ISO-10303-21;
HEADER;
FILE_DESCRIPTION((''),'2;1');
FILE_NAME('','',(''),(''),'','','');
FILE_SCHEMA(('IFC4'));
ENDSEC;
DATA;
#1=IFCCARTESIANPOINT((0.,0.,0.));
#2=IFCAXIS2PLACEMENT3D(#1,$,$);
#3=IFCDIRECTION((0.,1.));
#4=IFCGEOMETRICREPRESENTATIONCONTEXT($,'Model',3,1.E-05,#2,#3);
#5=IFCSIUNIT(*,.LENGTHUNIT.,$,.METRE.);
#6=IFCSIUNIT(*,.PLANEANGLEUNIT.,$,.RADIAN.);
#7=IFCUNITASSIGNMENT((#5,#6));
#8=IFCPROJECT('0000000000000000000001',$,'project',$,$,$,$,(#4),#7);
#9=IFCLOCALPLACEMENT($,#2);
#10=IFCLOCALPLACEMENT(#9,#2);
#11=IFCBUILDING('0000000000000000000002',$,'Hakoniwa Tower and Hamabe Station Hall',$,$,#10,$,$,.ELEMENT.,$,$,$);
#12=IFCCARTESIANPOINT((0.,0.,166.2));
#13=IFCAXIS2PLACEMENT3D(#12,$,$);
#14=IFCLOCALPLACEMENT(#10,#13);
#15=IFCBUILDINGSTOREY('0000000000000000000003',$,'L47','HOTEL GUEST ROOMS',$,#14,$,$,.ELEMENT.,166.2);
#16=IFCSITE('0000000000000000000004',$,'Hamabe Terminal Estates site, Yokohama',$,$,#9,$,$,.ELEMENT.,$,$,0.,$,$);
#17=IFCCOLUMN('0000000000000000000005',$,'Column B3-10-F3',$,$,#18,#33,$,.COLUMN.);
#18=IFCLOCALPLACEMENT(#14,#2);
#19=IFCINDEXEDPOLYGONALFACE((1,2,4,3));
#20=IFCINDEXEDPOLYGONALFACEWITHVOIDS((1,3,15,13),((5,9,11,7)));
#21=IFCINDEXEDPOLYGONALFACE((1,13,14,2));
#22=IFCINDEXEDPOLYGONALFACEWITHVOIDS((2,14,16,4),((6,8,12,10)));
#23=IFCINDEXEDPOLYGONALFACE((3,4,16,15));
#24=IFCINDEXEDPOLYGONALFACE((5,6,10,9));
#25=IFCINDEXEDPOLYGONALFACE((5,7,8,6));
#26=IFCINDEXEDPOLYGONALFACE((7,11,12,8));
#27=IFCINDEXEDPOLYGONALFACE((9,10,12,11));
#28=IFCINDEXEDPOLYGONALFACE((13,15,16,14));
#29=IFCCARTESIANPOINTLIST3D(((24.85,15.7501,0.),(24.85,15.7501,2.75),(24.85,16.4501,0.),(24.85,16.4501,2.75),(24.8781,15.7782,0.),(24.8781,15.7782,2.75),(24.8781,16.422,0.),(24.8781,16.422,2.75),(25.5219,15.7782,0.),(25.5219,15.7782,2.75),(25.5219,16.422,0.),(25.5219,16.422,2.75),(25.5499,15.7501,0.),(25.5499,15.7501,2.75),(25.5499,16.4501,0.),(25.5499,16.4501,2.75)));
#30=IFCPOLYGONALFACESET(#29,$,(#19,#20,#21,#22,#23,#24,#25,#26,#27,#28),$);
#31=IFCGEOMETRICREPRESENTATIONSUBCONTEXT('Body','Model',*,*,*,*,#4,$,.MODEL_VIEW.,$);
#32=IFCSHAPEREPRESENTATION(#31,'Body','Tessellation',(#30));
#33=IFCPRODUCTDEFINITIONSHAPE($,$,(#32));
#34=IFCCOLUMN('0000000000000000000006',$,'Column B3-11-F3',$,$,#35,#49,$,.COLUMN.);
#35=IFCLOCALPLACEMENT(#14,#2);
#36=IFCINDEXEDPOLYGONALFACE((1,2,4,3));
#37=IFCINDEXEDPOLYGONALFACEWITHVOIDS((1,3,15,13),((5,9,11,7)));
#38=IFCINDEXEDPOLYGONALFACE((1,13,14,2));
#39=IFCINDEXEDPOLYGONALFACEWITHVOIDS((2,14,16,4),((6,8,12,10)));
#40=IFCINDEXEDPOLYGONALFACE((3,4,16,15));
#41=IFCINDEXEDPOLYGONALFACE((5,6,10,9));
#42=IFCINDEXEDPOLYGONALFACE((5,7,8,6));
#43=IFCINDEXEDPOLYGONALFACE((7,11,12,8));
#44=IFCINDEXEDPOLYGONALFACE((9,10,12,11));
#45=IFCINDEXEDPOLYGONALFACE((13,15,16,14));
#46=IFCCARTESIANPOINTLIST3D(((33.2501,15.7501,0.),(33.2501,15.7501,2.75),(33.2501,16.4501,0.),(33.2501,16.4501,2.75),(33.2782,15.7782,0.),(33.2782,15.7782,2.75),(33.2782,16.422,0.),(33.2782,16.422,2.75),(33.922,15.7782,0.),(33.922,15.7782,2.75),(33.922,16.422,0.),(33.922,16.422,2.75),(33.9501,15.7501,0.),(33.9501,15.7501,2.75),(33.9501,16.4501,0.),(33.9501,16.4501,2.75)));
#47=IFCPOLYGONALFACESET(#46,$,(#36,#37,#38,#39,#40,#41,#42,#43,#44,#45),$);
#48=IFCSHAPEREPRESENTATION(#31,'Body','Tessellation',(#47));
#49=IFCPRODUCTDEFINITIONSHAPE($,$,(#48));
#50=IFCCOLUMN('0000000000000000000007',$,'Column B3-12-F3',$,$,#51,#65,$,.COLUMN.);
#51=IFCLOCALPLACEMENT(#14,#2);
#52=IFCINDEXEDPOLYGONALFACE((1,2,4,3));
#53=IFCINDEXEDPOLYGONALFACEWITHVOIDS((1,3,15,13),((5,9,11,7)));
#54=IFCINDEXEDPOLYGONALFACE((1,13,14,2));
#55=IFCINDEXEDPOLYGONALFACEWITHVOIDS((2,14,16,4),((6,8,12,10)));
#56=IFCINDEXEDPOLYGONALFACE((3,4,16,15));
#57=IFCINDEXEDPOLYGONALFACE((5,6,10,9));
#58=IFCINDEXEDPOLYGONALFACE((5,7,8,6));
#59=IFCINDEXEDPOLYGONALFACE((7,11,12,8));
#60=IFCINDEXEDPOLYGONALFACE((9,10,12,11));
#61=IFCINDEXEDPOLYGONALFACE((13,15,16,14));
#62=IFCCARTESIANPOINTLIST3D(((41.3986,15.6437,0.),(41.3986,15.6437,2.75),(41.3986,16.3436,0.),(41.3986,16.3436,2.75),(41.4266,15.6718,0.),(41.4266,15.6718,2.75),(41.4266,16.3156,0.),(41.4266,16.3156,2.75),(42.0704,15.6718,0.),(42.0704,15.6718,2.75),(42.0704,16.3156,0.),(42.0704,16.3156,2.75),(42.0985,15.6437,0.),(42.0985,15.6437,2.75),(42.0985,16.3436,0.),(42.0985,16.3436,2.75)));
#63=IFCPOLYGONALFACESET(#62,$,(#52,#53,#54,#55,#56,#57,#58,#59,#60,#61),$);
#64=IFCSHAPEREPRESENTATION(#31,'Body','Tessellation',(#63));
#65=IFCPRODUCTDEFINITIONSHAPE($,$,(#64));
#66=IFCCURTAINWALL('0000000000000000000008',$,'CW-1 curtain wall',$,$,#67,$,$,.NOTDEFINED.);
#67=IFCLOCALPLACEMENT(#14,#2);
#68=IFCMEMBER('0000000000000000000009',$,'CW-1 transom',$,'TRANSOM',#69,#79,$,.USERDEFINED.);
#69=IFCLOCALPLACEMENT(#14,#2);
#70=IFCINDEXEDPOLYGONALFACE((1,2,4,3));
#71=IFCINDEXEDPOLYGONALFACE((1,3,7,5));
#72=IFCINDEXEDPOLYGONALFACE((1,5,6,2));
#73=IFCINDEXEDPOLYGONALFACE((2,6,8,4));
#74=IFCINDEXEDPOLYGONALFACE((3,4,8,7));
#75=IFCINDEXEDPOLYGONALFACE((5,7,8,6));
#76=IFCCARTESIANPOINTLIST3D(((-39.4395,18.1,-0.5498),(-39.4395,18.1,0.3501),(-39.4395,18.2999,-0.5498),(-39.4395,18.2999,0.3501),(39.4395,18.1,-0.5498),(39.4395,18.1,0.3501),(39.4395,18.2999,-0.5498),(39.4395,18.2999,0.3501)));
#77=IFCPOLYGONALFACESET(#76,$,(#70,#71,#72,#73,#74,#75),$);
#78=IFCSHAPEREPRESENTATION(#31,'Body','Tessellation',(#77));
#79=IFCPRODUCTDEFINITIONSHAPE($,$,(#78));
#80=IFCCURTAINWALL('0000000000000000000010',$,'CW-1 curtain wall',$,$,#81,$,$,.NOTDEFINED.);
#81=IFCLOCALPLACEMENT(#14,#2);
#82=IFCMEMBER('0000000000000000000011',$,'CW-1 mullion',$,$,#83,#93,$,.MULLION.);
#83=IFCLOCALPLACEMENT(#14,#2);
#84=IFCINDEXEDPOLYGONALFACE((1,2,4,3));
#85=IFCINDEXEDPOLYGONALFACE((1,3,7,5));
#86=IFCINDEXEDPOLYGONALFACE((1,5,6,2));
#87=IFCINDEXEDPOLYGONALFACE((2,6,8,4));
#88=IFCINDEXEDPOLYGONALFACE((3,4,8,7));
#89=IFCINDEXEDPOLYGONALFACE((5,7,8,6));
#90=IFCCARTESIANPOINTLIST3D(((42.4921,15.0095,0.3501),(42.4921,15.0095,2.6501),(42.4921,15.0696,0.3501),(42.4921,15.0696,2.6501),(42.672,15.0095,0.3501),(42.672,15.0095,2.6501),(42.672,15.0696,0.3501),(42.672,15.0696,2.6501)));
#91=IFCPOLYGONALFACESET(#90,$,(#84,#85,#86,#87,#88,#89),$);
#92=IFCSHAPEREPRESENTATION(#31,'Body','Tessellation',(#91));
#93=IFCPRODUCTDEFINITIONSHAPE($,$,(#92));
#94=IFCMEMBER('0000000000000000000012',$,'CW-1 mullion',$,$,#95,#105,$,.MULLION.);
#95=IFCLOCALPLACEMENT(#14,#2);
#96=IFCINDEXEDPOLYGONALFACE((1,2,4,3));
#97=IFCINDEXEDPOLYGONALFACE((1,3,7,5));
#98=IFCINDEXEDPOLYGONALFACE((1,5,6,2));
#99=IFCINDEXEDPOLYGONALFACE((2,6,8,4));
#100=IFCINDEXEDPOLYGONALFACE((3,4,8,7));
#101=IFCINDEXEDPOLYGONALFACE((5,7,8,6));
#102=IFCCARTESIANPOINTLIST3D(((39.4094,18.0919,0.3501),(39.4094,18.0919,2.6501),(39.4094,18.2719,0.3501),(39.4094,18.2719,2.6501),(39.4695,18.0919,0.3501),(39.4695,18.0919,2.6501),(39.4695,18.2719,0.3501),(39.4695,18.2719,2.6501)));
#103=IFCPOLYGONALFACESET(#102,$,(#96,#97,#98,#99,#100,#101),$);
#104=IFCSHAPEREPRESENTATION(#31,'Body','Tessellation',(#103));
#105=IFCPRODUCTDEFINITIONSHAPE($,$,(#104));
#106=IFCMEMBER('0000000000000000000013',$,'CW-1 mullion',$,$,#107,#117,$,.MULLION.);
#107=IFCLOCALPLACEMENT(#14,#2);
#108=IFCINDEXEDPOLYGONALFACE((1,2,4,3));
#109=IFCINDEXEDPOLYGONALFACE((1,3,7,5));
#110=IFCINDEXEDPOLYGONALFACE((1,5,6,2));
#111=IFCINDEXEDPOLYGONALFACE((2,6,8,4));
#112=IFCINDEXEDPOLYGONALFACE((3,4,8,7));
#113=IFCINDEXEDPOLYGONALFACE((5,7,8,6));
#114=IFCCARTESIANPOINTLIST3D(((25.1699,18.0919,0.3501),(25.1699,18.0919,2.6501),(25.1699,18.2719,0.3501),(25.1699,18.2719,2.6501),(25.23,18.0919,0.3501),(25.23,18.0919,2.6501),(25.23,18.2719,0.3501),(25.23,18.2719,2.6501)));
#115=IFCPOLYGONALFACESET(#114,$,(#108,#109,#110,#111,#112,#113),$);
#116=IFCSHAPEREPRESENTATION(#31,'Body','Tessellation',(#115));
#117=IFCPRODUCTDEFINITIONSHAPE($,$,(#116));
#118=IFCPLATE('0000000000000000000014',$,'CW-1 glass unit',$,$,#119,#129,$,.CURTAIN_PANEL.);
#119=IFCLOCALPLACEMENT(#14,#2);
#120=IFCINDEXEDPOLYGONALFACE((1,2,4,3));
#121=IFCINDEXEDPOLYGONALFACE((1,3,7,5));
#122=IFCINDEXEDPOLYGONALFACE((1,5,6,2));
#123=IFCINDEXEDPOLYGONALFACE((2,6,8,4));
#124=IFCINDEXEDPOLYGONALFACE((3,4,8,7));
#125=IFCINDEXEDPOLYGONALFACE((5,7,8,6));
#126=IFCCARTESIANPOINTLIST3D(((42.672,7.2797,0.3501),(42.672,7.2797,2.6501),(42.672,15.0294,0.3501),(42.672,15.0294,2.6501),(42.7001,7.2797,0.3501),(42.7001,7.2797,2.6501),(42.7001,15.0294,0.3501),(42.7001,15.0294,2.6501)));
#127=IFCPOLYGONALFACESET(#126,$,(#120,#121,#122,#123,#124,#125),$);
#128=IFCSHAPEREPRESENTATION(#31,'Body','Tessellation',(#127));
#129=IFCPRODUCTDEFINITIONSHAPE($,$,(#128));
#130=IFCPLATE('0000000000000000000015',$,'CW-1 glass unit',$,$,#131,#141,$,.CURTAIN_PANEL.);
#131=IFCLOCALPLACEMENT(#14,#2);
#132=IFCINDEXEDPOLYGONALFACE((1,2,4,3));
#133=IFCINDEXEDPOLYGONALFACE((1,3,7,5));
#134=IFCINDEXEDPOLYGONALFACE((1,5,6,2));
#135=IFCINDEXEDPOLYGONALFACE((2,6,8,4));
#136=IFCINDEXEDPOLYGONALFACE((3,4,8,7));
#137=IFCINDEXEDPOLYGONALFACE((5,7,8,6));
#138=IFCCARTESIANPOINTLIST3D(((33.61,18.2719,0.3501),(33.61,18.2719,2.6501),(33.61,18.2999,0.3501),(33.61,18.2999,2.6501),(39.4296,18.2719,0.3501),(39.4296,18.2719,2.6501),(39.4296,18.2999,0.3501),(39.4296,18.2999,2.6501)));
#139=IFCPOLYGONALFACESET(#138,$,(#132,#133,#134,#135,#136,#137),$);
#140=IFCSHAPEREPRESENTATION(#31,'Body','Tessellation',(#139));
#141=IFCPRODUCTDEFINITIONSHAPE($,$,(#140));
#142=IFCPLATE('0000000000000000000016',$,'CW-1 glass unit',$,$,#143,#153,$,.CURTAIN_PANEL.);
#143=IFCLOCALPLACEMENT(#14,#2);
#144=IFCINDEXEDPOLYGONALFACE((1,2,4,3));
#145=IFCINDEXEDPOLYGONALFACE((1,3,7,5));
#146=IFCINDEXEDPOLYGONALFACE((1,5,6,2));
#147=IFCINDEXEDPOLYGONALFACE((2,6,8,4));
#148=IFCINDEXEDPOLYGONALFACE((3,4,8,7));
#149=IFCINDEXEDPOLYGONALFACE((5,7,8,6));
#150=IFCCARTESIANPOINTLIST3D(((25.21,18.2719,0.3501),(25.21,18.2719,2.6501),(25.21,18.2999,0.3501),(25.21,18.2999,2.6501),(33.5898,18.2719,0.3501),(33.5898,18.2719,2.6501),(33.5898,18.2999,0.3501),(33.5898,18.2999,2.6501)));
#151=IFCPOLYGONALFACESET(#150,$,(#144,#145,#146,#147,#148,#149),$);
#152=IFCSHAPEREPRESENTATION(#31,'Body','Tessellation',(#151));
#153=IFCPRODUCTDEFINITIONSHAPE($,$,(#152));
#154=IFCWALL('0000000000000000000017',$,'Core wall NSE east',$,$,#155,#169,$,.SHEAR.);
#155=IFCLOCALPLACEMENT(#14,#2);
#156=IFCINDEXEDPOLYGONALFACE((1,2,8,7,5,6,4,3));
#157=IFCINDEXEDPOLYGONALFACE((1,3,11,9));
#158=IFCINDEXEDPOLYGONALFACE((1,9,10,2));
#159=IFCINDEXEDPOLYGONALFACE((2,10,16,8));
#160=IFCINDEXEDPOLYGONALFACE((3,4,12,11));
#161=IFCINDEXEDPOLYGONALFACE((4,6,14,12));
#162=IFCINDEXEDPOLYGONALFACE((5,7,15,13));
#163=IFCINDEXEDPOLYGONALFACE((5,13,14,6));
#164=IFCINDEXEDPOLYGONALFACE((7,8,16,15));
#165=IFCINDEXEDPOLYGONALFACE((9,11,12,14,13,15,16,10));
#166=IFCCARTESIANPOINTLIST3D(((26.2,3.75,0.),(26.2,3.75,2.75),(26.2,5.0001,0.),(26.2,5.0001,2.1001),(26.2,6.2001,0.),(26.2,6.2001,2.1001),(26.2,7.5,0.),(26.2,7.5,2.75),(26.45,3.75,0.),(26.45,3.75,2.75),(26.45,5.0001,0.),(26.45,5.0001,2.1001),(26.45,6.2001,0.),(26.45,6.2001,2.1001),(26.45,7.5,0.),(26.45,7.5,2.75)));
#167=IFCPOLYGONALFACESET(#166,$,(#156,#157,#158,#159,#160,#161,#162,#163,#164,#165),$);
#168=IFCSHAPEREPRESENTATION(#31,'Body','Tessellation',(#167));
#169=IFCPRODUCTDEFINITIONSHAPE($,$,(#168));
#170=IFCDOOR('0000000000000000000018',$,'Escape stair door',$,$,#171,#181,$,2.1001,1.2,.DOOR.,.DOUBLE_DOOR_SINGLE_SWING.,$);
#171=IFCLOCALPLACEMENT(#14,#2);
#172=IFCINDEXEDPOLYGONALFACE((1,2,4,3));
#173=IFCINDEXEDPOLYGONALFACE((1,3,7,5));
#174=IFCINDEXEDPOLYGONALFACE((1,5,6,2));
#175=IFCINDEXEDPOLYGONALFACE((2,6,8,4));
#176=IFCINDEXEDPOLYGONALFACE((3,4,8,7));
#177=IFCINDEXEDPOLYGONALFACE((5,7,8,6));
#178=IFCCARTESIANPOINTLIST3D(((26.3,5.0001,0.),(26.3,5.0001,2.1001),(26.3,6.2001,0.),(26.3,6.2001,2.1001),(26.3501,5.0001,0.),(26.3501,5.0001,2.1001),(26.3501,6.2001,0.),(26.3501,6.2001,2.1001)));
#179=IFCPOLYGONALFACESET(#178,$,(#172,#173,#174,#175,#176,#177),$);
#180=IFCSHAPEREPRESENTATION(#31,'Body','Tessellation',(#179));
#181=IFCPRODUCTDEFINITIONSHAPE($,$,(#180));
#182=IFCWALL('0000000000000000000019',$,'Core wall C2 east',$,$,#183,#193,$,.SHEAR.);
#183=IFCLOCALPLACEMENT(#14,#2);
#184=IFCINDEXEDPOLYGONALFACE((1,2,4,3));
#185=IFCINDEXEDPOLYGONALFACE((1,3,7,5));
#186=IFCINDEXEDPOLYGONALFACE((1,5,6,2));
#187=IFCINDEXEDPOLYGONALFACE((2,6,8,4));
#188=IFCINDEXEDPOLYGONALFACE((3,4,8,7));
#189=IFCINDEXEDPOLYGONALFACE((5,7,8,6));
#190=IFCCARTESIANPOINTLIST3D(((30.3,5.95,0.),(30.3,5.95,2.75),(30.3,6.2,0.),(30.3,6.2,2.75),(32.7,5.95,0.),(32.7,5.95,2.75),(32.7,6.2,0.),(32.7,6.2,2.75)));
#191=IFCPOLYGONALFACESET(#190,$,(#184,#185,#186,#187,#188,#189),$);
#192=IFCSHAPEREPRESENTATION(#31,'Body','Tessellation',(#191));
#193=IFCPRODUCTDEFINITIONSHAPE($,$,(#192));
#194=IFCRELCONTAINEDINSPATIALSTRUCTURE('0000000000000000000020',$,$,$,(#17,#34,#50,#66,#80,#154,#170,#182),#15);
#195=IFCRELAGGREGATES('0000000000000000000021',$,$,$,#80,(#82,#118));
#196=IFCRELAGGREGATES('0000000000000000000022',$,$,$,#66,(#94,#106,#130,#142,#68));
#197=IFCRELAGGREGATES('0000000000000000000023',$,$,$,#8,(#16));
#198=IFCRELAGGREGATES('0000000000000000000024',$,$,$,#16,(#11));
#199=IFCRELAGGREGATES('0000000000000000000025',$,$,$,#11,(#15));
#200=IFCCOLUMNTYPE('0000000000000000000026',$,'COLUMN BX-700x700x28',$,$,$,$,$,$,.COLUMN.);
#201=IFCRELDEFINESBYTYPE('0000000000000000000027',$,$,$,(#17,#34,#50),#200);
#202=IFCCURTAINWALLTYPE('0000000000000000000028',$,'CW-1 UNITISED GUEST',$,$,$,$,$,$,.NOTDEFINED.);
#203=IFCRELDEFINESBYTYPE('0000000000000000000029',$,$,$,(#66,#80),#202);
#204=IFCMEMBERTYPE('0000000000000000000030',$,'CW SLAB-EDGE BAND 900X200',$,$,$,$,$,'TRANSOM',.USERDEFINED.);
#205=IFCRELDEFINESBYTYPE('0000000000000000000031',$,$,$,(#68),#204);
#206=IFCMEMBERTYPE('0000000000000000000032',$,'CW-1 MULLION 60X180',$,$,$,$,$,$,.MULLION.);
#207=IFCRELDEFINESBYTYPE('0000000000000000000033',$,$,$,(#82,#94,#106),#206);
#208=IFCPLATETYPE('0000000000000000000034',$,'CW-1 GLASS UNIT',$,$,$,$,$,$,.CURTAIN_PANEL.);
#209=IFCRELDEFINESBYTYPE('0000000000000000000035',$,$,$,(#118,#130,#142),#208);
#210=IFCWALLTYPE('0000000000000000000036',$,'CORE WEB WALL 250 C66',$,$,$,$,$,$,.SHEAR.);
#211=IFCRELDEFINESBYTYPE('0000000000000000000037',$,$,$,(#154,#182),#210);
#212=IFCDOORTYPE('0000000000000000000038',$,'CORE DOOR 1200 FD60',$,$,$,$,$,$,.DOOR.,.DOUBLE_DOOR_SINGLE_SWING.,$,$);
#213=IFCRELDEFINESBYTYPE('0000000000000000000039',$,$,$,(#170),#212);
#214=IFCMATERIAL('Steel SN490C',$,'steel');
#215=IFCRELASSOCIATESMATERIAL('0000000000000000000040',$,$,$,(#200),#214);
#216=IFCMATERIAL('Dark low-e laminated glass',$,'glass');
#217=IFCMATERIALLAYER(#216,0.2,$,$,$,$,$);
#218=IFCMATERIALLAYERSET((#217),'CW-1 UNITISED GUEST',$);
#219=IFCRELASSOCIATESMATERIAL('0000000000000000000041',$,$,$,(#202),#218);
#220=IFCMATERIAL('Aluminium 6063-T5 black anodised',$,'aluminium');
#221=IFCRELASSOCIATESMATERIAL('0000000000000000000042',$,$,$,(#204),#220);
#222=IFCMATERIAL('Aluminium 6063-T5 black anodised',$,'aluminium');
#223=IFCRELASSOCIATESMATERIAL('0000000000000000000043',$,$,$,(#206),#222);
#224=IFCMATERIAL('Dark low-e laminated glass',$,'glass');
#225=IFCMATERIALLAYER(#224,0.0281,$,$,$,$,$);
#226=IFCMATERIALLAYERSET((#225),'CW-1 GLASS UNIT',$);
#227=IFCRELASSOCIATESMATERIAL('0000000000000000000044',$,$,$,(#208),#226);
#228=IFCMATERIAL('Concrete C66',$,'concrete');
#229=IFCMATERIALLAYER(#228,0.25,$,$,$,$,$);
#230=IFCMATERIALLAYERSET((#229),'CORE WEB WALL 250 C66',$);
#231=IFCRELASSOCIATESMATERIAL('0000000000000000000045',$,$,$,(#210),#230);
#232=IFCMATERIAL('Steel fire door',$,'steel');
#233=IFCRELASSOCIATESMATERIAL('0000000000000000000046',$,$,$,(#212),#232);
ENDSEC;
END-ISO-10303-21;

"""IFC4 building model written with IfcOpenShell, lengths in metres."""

from ifc_helpers import new_model, si_unit, direction, frame, frame_2d, origin, origin_2d, place, context, subcontext, project, spatial, rectangle, hollow_rectangle, extrude, material, layer, layer_set, material_profile, profile_set, type_object, element, fill, aggregate, save


model = new_model("IFC4")

# Units and contexts
model_context = context("Model", 3, precision=1e-05, world=origin(), true_north=direction((0.0, 1.0)))
body_context = subcontext(model_context, "Body", "Model", "MODEL_VIEW")
ifc_project = project(units=[si_unit("LENGTHUNIT", "METRE"), si_unit("PLANEANGLEUNIT", "RADIAN")], contexts=[model_context])

# Site, building, storey
site_placement = place(None, origin())
site = spatial("IfcSite", under=ifc_project, at=site_placement, Name="Hamabe Terminal Estates site, Yokohama", CompositionType="ELEMENT", RefElevation=0.0)
building_placement = place(site_placement, origin())
building = spatial("IfcBuilding", under=site, at=building_placement, Name="Hakoniwa Tower and Hamabe Station Hall", CompositionType="ELEMENT")
storey_placement = place(building_placement, frame((0.0, 0.0, 166.2)))
storey = spatial("IfcBuildingStorey", under=building, at=storey_placement, Name="L47", Description="HOTEL GUEST ROOMS", CompositionType="ELEMENT", Elevation=166.2)

# Columns
ifc_material_1 = material(Name="Steel SN490C", Category="steel")
ifc_material_profile_1 = material_profile(ifc_material_1, hollow_rectangle(XDim=0.7, YDim=0.7, WallThickness=0.0281, at=origin_2d()), Name="BX-700x700x28")
ifc_profile_set_1 = profile_set([ifc_material_profile_1], Name="Steel SN490C")
column_type = type_object("IfcColumnType", Name="COLUMN BX-700x700x28", PredefinedType="COLUMN", material=ifc_profile_set_1)
for number, where, z_axis, x_axis, name in (
    (1, (25.2, 16.1001, 0.0), (0.0, 0.0, 1.0), (1.0, 0.0, 0.0), "Column B3-10-F3"),
    (2, (33.6001, 16.1001, 0.0), (0.0, 0.0, 1.0), (1.0, 0.0, 0.0), "Column B3-11-F3"),
    (3, (41.7485, 15.9937, 0.0), (0.0, 0.0, 1.0), (1.0, 0.0, 0.0), "Column B3-12-F3"),
):
    element("IfcColumn", number, at=place(storey_placement, frame(where, z_axis=z_axis, x_axis=x_axis)), inside=storey, type_object=column_type, Name=name, PredefinedType="COLUMN", context=body_context, shape_type="SweptSolid", body=[
        extrude(hollow_rectangle(XDim=0.7, YDim=0.7, WallThickness=0.0281, at=origin_2d()), origin(), (0.0, 0.0, 1.0), 2.75),
    ])

# Curtain walls, members
ifc_material_2 = material(Name="Dark low-e laminated glass", Category="glass")
ifc_layer_1 = layer(ifc_material_2, 0.2)
ifc_layer_set_1 = layer_set([ifc_layer_1], Name="CW-1 UNITISED GUEST")
curtain_wall_type = type_object("IfcCurtainWallType", Name="CW-1 UNITISED GUEST", PredefinedType="NOTDEFINED", material=ifc_layer_set_1)
curtain_wall_1_placement = place(storey_placement, origin())
curtain_wall_1 = element("IfcCurtainWall", 4, at=curtain_wall_1_placement, inside=storey, type_object=curtain_wall_type, Name="CW-1 curtain wall", PredefinedType="NOTDEFINED")
ifc_material_3 = material(Name="Aluminium 6063-T5 black anodised", Category="aluminium")
ifc_material_profile_2 = material_profile(ifc_material_3, rectangle(XDim=0.2, YDim=0.8999, at=origin_2d()), Name="CW SLAB-EDGE BAND 900X200")
ifc_profile_set_2 = profile_set([ifc_material_profile_2], Name="Aluminium 6063-T5 black anodised")
member_type_1 = type_object("IfcMemberType", Name="CW SLAB-EDGE BAND 900X200", ElementType="TRANSOM", PredefinedType="USERDEFINED", material=ifc_profile_set_2)
member_1_placement = place(storey_placement, frame((39.4395, 18.2, -0.0999), z_axis=(-1.0, 0.0, 0.0), x_axis=(0.0, -1.0, 0.0)))
member_1 = element("IfcMember", 5, at=member_1_placement, type_object=member_type_1, Name="CW-1 transom", ObjectType="TRANSOM", PredefinedType="USERDEFINED", context=body_context, shape_type="SweptSolid", body=[
    extrude(rectangle(XDim=0.2, YDim=0.8999, at=origin_2d()), origin(), (0.0, 0.0, 1.0), 78.8789),
])
curtain_wall_2_placement = place(storey_placement, origin())
curtain_wall_2 = element("IfcCurtainWall", 6, at=curtain_wall_2_placement, inside=storey, type_object=curtain_wall_type, Name="CW-1 curtain wall", PredefinedType="NOTDEFINED")
ifc_material_4 = material(Name="Aluminium 6063-T5 black anodised", Category="aluminium")
ifc_material_profile_3 = material_profile(ifc_material_4, rectangle(XDim=0.0601, YDim=0.1799, at=origin_2d()), Name="CW-1 MULLION 60X180")
ifc_profile_set_3 = profile_set([ifc_material_profile_3], Name="Aluminium 6063-T5 black anodised")
member_type_2 = type_object("IfcMemberType", Name="CW-1 MULLION 60X180", PredefinedType="MULLION", material=ifc_profile_set_3)
member_2_placement = place(storey_placement, frame((42.582, 15.0396, 0.3501), z_axis=(0.0, 0.0, 1.0), x_axis=(0.0, 1.0, 0.0)))
member_2 = element("IfcMember", 7, at=member_2_placement, type_object=member_type_2, Name="CW-1 mullion", PredefinedType="MULLION", context=body_context, shape_type="SweptSolid", body=[
    extrude(rectangle(XDim=0.0601, YDim=0.1799, at=origin_2d()), origin(), (0.0, 0.0, 1.0), 2.3),
])

# Members
member_3_placement = place(storey_placement, frame((39.4395, 18.1819, 0.3501), z_axis=(0.0, 0.0, 1.0), x_axis=(-1.0, 0.0, 0.0)))
member_3 = element("IfcMember", 8, at=member_3_placement, type_object=member_type_2, Name="CW-1 mullion", PredefinedType="MULLION", context=body_context, shape_type="SweptSolid", body=[
    extrude(rectangle(XDim=0.0601, YDim=0.1799, at=origin_2d()), origin(), (0.0, 0.0, 1.0), 2.3),
])
member_4_placement = place(storey_placement, frame((25.2, 18.1819, 0.3501), z_axis=(0.0, 0.0, 1.0), x_axis=(-1.0, 0.0, 0.0)))
member_4 = element("IfcMember", 9, at=member_4_placement, type_object=member_type_2, Name="CW-1 mullion", PredefinedType="MULLION", context=body_context, shape_type="SweptSolid", body=[
    extrude(rectangle(XDim=0.0601, YDim=0.1799, at=origin_2d()), origin(), (0.0, 0.0, 1.0), 2.3),
])

# Plates
ifc_material_5 = material(Name="Dark low-e laminated glass", Category="glass")
ifc_layer_2 = layer(ifc_material_5, 0.0281)
ifc_layer_set_2 = layer_set([ifc_layer_2], Name="CW-1 GLASS UNIT")
plate_type = type_object("IfcPlateType", Name="CW-1 GLASS UNIT", PredefinedType="CURTAIN_PANEL", material=ifc_layer_set_2)
plate_1_placement = place(storey_placement, frame((42.686, 11.1545, 0.3501), z_axis=(0.0, 0.0, 1.0), x_axis=(0.0, 1.0, 0.0)))
plate_1 = element("IfcPlate", 10, at=plate_1_placement, type_object=plate_type, Name="CW-1 glass unit", PredefinedType="CURTAIN_PANEL", context=body_context, shape_type="SweptSolid", body=[
    extrude(rectangle(XDim=7.7498, YDim=0.0281, at=origin_2d()), origin(), (0.0, 0.0, 1.0), 2.3),
])
aggregate(curtain_wall_2, [member_2, plate_1])
plate_2_placement = place(storey_placement, frame((36.5198, 18.2859, 0.3501), z_axis=(0.0, 0.0, 1.0), x_axis=(-1.0, 0.0, 0.0)))
plate_2 = element("IfcPlate", 11, at=plate_2_placement, type_object=plate_type, Name="CW-1 glass unit", PredefinedType="CURTAIN_PANEL", context=body_context, shape_type="SweptSolid", body=[
    extrude(rectangle(XDim=5.8196, YDim=0.0281, at=origin_2d()), origin(), (0.0, 0.0, 1.0), 2.3),
])
plate_3_placement = place(storey_placement, frame((29.3999, 18.2859, 0.3501), z_axis=(0.0, 0.0, 1.0), x_axis=(-1.0, 0.0, 0.0)))
plate_3 = element("IfcPlate", 12, at=plate_3_placement, type_object=plate_type, Name="CW-1 glass unit", PredefinedType="CURTAIN_PANEL", context=body_context, shape_type="SweptSolid", body=[
    extrude(rectangle(XDim=8.3799, YDim=0.0281, at=origin_2d()), origin(), (0.0, 0.0, 1.0), 2.3),
])
aggregate(curtain_wall_1, [member_3, member_4, plate_2, plate_3, member_1])

# Wall, opening, door
ifc_material_6 = material(Name="Concrete C66", Category="concrete")
ifc_layer_3 = layer(ifc_material_6, 0.25)
ifc_layer_set_3 = layer_set([ifc_layer_3], Name="CORE WEB WALL 250 C66")
wall_type_1 = type_object("IfcWallType", Name="CORE WEB WALL 250 C66", PredefinedType="SHEAR", material=ifc_layer_set_3)
wall_1_placement = place(storey_placement, frame((26.325, 3.75, 0.0), z_axis=(0.0, 0.0, 1.0), x_axis=(0.0, 1.0, 0.0)))
wall_1 = element("IfcWall", 13, at=wall_1_placement, inside=storey, type_object=wall_type_1, Name="Core wall NSE east", PredefinedType="SHEAR", context=body_context, shape_type="SweptSolid", body=[
    extrude(rectangle(XDim=3.75, YDim=0.25, at=frame_2d((1.875, 0.0))), origin(), (0.0, 0.0, 1.0), 2.75),
])
opening_1_placement = place(wall_1_placement, frame((1.25, 0.0, 0.0)))
opening_1 = element("IfcOpeningElement", 14, at=opening_1_placement, cuts=wall_1, PredefinedType="OPENING", context=body_context, shape_type="SweptSolid", body=[
    extrude(rectangle(XDim=1.2, YDim=2.1001, at=frame_2d((0.6001, 1.05))), frame((0.0, 0.135, 0.0), z_axis=(0.0, -1.0, 0.0), x_axis=(1.0, 0.0, 0.0)), (0.0, 0.0, 1.0), 0.27),
])
ifc_material_7 = material(Name="Steel fire door", Category="steel")
door_type_1 = type_object("IfcDoorType", Name="CORE DOOR 1200 FD60", OperationType="DOUBLE_DOOR_SINGLE_SWING", PredefinedType="DOOR", material=ifc_material_7)
door_1_placement = place(opening_1_placement, origin())
door_1 = element("IfcDoor", 15, at=door_1_placement, inside=storey, type_object=door_type_1, Name="Escape stair door", OperationType="DOUBLE_DOOR_SINGLE_SWING", OverallHeight=2.1001, OverallWidth=1.2, PredefinedType="DOOR", context=body_context, shape_type="SweptSolid", body=[
    extrude(rectangle(XDim=1.2, YDim=2.1001, at=frame_2d((0.6001, 1.05))), frame((0.0, 0.0249, 0.0), z_axis=(0.0, -1.0, 0.0), x_axis=(1.0, 0.0, 0.0)), (0.0, 0.0, 1.0), 0.05),
])
fill(opening_1, door_1)

# Wall
wall_2_placement = place(storey_placement, frame((30.3, 6.075, 0.0), z_axis=(0.0, 0.0, 1.0), x_axis=(1.0, 0.0, 0.0)))
element("IfcWall", 16, at=wall_2_placement, inside=storey, type_object=wall_type_1, Name="Core wall C2 east", PredefinedType="SHEAR", context=body_context, shape_type="SweptSolid", body=[
    extrude(rectangle(XDim=2.3999, YDim=0.25, at=frame_2d((1.2, 0.0))), origin(), (0.0, 0.0, 1.0), 2.75),
])

save(model, "model.ifc")
